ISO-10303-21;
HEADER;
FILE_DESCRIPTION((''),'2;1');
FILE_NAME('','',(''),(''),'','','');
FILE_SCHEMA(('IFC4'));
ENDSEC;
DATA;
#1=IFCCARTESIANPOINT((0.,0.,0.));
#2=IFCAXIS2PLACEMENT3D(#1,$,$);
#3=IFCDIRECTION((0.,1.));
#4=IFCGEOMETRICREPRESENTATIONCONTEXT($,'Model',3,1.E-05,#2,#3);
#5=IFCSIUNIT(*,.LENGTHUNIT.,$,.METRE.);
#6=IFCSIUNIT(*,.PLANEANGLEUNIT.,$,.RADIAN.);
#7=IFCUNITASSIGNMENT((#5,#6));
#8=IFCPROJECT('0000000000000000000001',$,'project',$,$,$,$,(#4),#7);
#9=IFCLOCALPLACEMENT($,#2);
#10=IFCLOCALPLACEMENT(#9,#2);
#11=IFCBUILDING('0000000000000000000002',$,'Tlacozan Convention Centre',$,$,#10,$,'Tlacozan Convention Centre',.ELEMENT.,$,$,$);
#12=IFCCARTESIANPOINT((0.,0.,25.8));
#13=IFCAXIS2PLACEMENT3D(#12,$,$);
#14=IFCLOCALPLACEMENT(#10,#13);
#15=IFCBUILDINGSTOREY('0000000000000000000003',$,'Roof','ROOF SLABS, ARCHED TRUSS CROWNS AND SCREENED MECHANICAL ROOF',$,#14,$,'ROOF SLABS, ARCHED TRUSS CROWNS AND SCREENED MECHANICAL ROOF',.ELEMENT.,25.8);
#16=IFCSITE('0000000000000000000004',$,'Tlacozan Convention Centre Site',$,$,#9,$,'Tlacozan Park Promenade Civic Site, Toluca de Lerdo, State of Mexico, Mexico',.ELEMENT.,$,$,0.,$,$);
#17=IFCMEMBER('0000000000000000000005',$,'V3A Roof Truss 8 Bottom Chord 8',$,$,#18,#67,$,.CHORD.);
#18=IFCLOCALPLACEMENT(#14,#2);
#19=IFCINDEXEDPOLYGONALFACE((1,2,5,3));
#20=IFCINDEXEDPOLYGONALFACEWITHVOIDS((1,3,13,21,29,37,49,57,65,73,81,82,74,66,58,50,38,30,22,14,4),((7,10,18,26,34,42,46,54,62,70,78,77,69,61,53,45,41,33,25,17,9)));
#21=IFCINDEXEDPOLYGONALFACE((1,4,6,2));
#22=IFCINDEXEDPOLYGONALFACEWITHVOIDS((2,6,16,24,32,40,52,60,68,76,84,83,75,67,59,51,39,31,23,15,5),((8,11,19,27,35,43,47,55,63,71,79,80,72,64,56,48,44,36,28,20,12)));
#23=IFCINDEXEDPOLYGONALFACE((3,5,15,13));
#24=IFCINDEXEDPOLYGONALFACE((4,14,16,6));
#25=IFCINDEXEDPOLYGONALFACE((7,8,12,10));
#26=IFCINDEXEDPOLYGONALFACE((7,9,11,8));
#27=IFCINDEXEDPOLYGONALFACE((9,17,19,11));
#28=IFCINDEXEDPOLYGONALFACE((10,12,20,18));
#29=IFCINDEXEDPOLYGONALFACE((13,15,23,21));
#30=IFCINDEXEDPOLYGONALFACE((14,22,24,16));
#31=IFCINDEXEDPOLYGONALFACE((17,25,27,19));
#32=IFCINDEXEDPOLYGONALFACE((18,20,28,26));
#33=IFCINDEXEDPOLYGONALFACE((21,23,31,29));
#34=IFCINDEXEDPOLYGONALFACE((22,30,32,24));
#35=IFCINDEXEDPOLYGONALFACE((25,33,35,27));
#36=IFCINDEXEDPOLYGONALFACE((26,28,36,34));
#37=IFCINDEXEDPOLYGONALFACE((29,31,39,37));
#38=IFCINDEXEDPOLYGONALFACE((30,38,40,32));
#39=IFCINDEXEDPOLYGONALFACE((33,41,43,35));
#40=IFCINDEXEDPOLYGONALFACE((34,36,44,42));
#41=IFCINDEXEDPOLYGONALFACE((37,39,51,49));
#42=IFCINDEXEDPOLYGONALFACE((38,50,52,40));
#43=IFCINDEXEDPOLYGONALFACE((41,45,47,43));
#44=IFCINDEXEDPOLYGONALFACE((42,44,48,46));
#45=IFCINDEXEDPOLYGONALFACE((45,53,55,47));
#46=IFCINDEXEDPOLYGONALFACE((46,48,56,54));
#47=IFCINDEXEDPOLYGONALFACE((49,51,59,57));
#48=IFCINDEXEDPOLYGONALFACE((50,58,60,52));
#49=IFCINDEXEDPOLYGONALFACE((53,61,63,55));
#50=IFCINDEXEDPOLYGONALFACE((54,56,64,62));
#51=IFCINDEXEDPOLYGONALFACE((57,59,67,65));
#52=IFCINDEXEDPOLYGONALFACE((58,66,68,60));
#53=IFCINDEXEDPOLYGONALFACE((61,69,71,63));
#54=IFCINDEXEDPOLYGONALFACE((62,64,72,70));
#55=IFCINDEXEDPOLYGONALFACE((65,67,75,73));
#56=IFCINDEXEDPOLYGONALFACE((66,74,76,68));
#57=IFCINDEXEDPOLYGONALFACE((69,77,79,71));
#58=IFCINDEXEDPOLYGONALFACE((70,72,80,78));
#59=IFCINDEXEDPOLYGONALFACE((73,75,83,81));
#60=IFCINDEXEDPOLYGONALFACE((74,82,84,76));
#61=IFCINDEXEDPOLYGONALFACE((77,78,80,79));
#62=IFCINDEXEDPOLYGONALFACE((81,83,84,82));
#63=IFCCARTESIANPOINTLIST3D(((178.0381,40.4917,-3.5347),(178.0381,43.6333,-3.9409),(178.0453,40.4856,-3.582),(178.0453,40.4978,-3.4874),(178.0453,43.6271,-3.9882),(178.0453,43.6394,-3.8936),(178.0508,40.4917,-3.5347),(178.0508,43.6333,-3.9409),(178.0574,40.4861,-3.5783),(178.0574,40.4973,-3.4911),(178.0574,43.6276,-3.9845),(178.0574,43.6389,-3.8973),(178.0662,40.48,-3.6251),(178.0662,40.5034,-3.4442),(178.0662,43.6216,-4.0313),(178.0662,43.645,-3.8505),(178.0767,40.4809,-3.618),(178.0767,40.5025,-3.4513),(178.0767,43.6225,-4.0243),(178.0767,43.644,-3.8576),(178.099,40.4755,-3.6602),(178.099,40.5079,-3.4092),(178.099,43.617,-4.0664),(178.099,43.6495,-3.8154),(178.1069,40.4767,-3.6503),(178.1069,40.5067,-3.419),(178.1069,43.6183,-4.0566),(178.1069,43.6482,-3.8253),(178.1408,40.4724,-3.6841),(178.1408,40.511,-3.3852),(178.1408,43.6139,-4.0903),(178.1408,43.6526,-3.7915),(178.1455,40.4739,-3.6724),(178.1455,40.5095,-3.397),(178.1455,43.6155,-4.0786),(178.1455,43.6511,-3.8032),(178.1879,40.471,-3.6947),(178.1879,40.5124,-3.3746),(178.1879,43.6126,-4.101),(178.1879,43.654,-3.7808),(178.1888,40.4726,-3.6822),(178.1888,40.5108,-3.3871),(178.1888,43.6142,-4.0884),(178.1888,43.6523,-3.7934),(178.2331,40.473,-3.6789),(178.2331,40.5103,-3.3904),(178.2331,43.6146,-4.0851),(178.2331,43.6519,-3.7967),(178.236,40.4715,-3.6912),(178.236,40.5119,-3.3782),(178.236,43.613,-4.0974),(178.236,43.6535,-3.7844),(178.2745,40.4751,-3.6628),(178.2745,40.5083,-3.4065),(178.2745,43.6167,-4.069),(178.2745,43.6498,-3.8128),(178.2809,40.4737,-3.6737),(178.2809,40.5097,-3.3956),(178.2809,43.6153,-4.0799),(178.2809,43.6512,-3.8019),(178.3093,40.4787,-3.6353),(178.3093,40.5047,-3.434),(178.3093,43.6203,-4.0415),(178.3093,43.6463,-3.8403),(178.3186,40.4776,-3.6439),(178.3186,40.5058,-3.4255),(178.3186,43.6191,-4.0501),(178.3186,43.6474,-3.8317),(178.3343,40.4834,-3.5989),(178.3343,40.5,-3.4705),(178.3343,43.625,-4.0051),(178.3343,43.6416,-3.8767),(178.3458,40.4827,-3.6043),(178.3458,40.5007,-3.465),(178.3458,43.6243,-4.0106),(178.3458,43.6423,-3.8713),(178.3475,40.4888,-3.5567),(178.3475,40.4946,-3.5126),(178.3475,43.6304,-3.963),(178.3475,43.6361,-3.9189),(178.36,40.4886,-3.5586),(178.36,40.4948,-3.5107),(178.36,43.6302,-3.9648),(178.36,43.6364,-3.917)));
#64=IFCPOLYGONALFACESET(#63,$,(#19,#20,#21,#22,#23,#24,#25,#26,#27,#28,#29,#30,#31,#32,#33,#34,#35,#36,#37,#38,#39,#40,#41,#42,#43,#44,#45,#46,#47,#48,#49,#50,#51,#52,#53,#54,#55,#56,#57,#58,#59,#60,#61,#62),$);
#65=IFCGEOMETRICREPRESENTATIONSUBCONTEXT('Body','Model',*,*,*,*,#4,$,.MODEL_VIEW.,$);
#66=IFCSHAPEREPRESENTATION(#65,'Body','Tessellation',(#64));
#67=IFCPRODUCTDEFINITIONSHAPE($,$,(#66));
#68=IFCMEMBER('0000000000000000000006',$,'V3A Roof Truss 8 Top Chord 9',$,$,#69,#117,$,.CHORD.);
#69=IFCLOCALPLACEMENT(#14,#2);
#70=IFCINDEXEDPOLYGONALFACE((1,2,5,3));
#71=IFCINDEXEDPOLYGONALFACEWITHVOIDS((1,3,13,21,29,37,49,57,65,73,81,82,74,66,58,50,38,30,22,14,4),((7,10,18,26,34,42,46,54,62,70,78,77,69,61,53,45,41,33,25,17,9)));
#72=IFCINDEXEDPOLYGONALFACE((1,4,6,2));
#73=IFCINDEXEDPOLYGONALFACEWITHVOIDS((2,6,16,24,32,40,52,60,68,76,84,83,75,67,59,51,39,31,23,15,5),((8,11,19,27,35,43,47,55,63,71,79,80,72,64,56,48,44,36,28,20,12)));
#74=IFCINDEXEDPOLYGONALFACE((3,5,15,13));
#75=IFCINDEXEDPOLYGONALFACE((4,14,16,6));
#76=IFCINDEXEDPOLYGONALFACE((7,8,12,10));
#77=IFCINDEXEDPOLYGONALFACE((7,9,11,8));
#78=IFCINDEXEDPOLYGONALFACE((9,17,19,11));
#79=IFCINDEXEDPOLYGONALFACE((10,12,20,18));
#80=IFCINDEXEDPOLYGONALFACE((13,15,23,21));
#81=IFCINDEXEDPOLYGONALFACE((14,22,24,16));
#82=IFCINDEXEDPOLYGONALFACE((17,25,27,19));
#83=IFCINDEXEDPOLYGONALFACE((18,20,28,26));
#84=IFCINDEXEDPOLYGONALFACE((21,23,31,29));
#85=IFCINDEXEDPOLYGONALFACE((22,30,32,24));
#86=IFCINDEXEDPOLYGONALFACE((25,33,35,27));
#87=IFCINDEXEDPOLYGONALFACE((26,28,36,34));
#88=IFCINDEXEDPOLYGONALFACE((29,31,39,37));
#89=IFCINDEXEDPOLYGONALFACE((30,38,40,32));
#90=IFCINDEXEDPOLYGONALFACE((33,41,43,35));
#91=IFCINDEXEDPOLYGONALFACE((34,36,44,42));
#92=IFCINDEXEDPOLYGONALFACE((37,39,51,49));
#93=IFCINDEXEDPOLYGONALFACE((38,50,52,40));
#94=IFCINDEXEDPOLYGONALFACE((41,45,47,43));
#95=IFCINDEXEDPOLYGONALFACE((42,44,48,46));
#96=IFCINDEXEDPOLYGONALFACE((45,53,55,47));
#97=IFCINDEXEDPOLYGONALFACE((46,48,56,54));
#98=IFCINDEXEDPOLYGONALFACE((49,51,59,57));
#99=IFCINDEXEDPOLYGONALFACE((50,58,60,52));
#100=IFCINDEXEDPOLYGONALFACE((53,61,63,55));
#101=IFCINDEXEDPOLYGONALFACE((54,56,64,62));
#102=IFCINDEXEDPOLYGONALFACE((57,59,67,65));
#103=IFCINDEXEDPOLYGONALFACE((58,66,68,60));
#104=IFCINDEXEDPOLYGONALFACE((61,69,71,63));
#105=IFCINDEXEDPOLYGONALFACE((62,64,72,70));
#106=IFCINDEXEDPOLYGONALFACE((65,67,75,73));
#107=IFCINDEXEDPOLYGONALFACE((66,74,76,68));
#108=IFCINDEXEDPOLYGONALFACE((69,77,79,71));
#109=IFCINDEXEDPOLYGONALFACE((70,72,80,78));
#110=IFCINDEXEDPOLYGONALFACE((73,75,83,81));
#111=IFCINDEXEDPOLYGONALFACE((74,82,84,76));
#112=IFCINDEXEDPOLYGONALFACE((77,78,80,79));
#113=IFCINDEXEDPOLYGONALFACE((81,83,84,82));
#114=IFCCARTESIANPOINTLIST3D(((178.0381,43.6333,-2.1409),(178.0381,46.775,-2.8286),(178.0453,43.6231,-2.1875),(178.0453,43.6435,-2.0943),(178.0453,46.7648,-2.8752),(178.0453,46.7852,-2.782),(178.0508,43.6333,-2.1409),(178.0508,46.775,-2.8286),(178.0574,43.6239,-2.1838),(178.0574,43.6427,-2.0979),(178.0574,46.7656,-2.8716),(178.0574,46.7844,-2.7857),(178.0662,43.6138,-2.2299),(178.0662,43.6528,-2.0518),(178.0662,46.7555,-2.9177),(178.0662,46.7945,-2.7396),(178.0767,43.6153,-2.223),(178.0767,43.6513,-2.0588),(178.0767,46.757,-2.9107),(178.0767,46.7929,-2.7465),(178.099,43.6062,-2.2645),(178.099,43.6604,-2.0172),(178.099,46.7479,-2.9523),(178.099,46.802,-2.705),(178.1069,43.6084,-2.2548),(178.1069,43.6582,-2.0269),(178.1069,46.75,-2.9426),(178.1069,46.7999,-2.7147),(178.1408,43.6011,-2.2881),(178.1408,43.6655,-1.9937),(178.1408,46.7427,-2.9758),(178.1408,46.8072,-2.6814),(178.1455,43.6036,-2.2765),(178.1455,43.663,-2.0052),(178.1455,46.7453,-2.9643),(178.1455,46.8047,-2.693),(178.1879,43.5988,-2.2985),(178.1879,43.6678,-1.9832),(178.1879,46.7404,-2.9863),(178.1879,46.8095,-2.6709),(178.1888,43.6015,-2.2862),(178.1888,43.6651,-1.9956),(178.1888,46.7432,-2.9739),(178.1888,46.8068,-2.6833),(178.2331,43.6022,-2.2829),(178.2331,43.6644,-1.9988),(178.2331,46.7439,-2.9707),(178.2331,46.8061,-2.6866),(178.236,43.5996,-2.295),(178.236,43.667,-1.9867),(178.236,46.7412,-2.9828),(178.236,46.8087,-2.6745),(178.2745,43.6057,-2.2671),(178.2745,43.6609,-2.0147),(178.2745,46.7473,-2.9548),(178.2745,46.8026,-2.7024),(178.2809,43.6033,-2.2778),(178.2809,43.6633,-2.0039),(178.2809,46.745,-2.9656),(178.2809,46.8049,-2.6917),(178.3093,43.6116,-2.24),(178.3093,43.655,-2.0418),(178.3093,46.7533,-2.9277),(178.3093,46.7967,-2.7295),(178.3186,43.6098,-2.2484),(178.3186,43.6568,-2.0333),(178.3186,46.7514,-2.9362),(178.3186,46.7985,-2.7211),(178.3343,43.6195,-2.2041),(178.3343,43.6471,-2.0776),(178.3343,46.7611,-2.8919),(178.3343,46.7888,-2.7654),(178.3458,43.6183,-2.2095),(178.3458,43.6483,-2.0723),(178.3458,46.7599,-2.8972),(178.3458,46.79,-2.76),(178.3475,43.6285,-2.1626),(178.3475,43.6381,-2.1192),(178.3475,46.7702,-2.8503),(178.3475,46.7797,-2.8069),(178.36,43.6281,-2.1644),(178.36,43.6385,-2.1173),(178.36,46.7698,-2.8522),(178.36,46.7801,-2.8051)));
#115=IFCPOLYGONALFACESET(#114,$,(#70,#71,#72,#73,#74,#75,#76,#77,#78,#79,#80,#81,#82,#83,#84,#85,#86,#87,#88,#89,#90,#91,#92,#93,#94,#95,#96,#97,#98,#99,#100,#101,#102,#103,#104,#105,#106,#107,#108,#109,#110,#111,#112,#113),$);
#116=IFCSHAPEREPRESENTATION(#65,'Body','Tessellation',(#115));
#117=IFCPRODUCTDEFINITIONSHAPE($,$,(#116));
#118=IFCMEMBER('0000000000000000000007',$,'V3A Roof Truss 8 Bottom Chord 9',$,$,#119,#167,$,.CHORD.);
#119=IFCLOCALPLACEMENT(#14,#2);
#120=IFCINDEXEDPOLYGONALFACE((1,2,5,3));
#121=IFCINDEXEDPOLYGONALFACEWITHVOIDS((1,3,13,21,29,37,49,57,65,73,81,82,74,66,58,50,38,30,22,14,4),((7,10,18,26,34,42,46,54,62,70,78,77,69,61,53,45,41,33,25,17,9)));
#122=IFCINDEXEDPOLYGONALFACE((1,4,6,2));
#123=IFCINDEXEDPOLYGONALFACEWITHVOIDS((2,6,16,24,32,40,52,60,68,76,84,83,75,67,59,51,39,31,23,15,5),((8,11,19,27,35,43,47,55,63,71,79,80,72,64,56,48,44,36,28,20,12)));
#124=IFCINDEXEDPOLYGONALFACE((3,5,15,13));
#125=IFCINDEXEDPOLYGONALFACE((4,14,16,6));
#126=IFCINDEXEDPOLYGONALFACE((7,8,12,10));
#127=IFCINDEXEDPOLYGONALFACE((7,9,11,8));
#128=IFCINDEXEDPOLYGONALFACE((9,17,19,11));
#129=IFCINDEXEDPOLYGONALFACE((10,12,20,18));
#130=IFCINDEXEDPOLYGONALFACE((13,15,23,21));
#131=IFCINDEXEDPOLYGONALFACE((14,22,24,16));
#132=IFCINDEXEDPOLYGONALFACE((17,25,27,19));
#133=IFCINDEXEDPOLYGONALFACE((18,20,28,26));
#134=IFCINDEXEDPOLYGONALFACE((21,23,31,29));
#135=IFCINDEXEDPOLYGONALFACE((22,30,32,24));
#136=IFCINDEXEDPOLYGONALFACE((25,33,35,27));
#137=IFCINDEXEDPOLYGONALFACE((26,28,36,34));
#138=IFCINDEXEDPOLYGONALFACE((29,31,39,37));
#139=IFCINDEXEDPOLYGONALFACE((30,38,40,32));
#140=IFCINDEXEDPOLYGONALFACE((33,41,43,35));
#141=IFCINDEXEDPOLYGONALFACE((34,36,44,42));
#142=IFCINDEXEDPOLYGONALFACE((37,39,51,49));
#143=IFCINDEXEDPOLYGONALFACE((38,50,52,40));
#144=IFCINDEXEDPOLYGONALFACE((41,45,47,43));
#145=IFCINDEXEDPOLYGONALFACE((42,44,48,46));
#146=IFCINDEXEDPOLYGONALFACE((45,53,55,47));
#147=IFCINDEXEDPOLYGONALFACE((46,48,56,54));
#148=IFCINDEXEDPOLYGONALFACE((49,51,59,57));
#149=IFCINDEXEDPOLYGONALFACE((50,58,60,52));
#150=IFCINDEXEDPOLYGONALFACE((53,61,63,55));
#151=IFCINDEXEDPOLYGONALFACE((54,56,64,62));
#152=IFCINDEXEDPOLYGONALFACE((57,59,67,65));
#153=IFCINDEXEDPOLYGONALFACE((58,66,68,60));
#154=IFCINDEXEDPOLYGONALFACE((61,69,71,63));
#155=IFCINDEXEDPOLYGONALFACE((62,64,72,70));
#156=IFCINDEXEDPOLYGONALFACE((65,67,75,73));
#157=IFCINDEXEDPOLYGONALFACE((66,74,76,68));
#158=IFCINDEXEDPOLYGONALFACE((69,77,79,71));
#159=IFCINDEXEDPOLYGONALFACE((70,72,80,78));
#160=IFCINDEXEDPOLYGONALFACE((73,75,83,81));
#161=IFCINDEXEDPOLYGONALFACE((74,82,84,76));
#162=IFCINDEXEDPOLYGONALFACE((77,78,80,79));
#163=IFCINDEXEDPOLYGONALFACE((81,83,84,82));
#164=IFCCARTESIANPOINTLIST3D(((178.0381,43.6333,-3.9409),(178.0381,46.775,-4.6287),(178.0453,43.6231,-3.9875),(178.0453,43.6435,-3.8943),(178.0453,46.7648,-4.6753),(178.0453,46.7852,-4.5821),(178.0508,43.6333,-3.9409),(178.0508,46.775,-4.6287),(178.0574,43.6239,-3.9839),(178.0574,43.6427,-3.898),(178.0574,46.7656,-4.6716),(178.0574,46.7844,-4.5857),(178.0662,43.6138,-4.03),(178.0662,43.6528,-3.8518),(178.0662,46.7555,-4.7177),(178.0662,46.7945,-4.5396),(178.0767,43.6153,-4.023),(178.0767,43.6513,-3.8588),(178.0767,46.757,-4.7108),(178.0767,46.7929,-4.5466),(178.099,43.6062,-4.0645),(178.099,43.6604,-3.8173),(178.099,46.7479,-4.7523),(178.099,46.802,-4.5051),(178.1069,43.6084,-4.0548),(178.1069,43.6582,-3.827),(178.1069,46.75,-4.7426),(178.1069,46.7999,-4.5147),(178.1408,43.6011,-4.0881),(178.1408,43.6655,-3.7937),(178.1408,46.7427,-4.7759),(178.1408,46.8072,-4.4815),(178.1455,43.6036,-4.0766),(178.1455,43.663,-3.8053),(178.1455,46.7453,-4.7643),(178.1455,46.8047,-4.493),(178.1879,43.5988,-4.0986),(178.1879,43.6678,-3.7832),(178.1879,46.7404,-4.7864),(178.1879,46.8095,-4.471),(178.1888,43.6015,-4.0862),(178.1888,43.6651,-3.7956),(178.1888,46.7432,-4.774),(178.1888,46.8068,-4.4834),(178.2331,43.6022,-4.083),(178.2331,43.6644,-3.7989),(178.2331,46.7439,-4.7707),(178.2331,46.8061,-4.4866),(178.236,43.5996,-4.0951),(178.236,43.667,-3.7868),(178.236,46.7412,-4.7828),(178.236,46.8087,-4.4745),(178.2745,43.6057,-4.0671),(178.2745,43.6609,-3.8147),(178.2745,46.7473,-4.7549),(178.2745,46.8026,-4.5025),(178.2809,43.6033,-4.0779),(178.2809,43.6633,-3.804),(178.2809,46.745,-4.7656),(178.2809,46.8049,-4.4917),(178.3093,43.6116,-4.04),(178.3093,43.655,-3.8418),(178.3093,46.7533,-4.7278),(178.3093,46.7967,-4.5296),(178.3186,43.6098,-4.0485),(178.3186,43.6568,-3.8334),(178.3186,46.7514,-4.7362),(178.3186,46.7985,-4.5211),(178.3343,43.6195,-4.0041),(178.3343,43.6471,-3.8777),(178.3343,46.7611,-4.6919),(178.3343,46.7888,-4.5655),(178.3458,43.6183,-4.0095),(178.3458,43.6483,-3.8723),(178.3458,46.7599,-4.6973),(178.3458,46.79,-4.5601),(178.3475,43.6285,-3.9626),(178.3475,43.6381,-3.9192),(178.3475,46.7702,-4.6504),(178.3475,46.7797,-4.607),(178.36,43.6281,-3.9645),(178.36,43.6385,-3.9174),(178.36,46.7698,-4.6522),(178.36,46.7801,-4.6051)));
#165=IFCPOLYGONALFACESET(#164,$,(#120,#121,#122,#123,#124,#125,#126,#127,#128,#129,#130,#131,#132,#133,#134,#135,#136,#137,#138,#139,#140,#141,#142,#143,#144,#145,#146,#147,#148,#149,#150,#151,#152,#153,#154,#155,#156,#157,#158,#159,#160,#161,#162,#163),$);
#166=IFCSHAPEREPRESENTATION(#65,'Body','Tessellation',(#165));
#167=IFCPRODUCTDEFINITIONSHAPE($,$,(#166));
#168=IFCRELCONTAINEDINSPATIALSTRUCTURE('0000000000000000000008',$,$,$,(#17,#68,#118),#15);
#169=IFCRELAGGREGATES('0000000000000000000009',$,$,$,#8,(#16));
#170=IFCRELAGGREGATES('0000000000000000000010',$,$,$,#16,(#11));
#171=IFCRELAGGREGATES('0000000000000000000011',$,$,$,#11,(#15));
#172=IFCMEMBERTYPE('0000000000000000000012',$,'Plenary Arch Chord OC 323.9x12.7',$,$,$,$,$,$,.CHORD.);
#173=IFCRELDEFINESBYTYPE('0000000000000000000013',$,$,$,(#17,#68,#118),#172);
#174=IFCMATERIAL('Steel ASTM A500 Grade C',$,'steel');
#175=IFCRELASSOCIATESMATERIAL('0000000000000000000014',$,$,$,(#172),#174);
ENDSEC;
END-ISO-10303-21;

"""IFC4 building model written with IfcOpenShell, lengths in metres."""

from ifc_helpers import new_model, si_unit, direction, frame, origin, origin_2d, place, context, subcontext, project, spatial, hollow_circle, extrude, material, material_profile, profile_set, type_object, element, save


model = new_model("IFC4")

# Units and contexts
model_context = context("Model", 3, precision=1e-05, world=origin(), true_north=direction((0.0, 1.0)))
body_context = subcontext(model_context, "Body", "Model", "MODEL_VIEW")
ifc_project = project(units=[si_unit("LENGTHUNIT", "METRE"), si_unit("PLANEANGLEUNIT", "RADIAN")], contexts=[model_context])

# Site, building, storey
site_placement = place(None, origin())
site = spatial("IfcSite", under=ifc_project, at=site_placement, Name="Tlacozan Convention Centre Site", LongName="Tlacozan Park Promenade Civic Site, Toluca de Lerdo, State of Mexico, Mexico", CompositionType="ELEMENT", RefElevation=0.0)
building_placement = place(site_placement, origin())
building = spatial("IfcBuilding", under=site, at=building_placement, Name="Tlacozan Convention Centre", LongName="Tlacozan Convention Centre", CompositionType="ELEMENT")
storey_placement = place(building_placement, frame((0.0, 0.0, 25.8)))
storey = spatial("IfcBuildingStorey", under=building, at=storey_placement, Name="Roof", Description="ROOF SLABS, ARCHED TRUSS CROWNS AND SCREENED MECHANICAL ROOF", LongName="ROOF SLABS, ARCHED TRUSS CROWNS AND SCREENED MECHANICAL ROOF", CompositionType="ELEMENT", Elevation=25.8)

# Members
ifc_material_1 = material(Name="Steel ASTM A500 Grade C", Category="steel")
ifc_material_profile_1 = material_profile(ifc_material_1, hollow_circle(Radius=0.1619, WallThickness=0.0127, at=origin_2d()), Name="OC 323.9x12.7")
ifc_profile_set_1 = profile_set([ifc_material_profile_1], Name="Steel ASTM A500 Grade C")
member_type_1 = type_object("IfcMemberType", Name="Plenary Arch Chord OC 323.9x12.7", PredefinedType="CHORD", material=ifc_profile_set_1)
for number, where, z_axis, x_axis, name in (
    (1, (178.2, 40.4917, -3.5347), (0.0, 0.991742, -0.128245), (-1.0, 0.0, 0.0), "V3A Roof Truss 8 Bottom Chord 8"),
):
    element("IfcMember", number, at=place(storey_placement, frame(where, z_axis=z_axis, x_axis=x_axis)), inside=storey, type_object=member_type_1, Name=name, PredefinedType="CHORD", context=body_context, shape_type="SweptSolid", body=[
        extrude(hollow_circle(Radius=0.1619, WallThickness=0.0127, at=origin_2d()), origin(), (0.0, 0.0, 1.0), 3.1677),
    ])
for number, where, z_axis, x_axis, name in (
    (2, (178.2, 43.6333, -2.1409), (0.0, 0.976866, -0.213851), (-1.0, 0.0, 0.0), "V3A Roof Truss 8 Top Chord 9"),
    (3, (178.2, 43.6333, -3.9409), (0.0, 0.976866, -0.213851), (-1.0, 0.0, 0.0), "V3A Roof Truss 8 Bottom Chord 9"),
):
    element("IfcMember", number, at=place(storey_placement, frame(where, z_axis=z_axis, x_axis=x_axis)), inside=storey, type_object=member_type_1, Name=name, PredefinedType="CHORD", context=body_context, shape_type="SweptSolid", body=[
        extrude(hollow_circle(Radius=0.1619, WallThickness=0.0127, at=origin_2d()), origin(), (0.0, 0.0, 1.0), 3.2161),
    ])

save(model, "model.ifc")
